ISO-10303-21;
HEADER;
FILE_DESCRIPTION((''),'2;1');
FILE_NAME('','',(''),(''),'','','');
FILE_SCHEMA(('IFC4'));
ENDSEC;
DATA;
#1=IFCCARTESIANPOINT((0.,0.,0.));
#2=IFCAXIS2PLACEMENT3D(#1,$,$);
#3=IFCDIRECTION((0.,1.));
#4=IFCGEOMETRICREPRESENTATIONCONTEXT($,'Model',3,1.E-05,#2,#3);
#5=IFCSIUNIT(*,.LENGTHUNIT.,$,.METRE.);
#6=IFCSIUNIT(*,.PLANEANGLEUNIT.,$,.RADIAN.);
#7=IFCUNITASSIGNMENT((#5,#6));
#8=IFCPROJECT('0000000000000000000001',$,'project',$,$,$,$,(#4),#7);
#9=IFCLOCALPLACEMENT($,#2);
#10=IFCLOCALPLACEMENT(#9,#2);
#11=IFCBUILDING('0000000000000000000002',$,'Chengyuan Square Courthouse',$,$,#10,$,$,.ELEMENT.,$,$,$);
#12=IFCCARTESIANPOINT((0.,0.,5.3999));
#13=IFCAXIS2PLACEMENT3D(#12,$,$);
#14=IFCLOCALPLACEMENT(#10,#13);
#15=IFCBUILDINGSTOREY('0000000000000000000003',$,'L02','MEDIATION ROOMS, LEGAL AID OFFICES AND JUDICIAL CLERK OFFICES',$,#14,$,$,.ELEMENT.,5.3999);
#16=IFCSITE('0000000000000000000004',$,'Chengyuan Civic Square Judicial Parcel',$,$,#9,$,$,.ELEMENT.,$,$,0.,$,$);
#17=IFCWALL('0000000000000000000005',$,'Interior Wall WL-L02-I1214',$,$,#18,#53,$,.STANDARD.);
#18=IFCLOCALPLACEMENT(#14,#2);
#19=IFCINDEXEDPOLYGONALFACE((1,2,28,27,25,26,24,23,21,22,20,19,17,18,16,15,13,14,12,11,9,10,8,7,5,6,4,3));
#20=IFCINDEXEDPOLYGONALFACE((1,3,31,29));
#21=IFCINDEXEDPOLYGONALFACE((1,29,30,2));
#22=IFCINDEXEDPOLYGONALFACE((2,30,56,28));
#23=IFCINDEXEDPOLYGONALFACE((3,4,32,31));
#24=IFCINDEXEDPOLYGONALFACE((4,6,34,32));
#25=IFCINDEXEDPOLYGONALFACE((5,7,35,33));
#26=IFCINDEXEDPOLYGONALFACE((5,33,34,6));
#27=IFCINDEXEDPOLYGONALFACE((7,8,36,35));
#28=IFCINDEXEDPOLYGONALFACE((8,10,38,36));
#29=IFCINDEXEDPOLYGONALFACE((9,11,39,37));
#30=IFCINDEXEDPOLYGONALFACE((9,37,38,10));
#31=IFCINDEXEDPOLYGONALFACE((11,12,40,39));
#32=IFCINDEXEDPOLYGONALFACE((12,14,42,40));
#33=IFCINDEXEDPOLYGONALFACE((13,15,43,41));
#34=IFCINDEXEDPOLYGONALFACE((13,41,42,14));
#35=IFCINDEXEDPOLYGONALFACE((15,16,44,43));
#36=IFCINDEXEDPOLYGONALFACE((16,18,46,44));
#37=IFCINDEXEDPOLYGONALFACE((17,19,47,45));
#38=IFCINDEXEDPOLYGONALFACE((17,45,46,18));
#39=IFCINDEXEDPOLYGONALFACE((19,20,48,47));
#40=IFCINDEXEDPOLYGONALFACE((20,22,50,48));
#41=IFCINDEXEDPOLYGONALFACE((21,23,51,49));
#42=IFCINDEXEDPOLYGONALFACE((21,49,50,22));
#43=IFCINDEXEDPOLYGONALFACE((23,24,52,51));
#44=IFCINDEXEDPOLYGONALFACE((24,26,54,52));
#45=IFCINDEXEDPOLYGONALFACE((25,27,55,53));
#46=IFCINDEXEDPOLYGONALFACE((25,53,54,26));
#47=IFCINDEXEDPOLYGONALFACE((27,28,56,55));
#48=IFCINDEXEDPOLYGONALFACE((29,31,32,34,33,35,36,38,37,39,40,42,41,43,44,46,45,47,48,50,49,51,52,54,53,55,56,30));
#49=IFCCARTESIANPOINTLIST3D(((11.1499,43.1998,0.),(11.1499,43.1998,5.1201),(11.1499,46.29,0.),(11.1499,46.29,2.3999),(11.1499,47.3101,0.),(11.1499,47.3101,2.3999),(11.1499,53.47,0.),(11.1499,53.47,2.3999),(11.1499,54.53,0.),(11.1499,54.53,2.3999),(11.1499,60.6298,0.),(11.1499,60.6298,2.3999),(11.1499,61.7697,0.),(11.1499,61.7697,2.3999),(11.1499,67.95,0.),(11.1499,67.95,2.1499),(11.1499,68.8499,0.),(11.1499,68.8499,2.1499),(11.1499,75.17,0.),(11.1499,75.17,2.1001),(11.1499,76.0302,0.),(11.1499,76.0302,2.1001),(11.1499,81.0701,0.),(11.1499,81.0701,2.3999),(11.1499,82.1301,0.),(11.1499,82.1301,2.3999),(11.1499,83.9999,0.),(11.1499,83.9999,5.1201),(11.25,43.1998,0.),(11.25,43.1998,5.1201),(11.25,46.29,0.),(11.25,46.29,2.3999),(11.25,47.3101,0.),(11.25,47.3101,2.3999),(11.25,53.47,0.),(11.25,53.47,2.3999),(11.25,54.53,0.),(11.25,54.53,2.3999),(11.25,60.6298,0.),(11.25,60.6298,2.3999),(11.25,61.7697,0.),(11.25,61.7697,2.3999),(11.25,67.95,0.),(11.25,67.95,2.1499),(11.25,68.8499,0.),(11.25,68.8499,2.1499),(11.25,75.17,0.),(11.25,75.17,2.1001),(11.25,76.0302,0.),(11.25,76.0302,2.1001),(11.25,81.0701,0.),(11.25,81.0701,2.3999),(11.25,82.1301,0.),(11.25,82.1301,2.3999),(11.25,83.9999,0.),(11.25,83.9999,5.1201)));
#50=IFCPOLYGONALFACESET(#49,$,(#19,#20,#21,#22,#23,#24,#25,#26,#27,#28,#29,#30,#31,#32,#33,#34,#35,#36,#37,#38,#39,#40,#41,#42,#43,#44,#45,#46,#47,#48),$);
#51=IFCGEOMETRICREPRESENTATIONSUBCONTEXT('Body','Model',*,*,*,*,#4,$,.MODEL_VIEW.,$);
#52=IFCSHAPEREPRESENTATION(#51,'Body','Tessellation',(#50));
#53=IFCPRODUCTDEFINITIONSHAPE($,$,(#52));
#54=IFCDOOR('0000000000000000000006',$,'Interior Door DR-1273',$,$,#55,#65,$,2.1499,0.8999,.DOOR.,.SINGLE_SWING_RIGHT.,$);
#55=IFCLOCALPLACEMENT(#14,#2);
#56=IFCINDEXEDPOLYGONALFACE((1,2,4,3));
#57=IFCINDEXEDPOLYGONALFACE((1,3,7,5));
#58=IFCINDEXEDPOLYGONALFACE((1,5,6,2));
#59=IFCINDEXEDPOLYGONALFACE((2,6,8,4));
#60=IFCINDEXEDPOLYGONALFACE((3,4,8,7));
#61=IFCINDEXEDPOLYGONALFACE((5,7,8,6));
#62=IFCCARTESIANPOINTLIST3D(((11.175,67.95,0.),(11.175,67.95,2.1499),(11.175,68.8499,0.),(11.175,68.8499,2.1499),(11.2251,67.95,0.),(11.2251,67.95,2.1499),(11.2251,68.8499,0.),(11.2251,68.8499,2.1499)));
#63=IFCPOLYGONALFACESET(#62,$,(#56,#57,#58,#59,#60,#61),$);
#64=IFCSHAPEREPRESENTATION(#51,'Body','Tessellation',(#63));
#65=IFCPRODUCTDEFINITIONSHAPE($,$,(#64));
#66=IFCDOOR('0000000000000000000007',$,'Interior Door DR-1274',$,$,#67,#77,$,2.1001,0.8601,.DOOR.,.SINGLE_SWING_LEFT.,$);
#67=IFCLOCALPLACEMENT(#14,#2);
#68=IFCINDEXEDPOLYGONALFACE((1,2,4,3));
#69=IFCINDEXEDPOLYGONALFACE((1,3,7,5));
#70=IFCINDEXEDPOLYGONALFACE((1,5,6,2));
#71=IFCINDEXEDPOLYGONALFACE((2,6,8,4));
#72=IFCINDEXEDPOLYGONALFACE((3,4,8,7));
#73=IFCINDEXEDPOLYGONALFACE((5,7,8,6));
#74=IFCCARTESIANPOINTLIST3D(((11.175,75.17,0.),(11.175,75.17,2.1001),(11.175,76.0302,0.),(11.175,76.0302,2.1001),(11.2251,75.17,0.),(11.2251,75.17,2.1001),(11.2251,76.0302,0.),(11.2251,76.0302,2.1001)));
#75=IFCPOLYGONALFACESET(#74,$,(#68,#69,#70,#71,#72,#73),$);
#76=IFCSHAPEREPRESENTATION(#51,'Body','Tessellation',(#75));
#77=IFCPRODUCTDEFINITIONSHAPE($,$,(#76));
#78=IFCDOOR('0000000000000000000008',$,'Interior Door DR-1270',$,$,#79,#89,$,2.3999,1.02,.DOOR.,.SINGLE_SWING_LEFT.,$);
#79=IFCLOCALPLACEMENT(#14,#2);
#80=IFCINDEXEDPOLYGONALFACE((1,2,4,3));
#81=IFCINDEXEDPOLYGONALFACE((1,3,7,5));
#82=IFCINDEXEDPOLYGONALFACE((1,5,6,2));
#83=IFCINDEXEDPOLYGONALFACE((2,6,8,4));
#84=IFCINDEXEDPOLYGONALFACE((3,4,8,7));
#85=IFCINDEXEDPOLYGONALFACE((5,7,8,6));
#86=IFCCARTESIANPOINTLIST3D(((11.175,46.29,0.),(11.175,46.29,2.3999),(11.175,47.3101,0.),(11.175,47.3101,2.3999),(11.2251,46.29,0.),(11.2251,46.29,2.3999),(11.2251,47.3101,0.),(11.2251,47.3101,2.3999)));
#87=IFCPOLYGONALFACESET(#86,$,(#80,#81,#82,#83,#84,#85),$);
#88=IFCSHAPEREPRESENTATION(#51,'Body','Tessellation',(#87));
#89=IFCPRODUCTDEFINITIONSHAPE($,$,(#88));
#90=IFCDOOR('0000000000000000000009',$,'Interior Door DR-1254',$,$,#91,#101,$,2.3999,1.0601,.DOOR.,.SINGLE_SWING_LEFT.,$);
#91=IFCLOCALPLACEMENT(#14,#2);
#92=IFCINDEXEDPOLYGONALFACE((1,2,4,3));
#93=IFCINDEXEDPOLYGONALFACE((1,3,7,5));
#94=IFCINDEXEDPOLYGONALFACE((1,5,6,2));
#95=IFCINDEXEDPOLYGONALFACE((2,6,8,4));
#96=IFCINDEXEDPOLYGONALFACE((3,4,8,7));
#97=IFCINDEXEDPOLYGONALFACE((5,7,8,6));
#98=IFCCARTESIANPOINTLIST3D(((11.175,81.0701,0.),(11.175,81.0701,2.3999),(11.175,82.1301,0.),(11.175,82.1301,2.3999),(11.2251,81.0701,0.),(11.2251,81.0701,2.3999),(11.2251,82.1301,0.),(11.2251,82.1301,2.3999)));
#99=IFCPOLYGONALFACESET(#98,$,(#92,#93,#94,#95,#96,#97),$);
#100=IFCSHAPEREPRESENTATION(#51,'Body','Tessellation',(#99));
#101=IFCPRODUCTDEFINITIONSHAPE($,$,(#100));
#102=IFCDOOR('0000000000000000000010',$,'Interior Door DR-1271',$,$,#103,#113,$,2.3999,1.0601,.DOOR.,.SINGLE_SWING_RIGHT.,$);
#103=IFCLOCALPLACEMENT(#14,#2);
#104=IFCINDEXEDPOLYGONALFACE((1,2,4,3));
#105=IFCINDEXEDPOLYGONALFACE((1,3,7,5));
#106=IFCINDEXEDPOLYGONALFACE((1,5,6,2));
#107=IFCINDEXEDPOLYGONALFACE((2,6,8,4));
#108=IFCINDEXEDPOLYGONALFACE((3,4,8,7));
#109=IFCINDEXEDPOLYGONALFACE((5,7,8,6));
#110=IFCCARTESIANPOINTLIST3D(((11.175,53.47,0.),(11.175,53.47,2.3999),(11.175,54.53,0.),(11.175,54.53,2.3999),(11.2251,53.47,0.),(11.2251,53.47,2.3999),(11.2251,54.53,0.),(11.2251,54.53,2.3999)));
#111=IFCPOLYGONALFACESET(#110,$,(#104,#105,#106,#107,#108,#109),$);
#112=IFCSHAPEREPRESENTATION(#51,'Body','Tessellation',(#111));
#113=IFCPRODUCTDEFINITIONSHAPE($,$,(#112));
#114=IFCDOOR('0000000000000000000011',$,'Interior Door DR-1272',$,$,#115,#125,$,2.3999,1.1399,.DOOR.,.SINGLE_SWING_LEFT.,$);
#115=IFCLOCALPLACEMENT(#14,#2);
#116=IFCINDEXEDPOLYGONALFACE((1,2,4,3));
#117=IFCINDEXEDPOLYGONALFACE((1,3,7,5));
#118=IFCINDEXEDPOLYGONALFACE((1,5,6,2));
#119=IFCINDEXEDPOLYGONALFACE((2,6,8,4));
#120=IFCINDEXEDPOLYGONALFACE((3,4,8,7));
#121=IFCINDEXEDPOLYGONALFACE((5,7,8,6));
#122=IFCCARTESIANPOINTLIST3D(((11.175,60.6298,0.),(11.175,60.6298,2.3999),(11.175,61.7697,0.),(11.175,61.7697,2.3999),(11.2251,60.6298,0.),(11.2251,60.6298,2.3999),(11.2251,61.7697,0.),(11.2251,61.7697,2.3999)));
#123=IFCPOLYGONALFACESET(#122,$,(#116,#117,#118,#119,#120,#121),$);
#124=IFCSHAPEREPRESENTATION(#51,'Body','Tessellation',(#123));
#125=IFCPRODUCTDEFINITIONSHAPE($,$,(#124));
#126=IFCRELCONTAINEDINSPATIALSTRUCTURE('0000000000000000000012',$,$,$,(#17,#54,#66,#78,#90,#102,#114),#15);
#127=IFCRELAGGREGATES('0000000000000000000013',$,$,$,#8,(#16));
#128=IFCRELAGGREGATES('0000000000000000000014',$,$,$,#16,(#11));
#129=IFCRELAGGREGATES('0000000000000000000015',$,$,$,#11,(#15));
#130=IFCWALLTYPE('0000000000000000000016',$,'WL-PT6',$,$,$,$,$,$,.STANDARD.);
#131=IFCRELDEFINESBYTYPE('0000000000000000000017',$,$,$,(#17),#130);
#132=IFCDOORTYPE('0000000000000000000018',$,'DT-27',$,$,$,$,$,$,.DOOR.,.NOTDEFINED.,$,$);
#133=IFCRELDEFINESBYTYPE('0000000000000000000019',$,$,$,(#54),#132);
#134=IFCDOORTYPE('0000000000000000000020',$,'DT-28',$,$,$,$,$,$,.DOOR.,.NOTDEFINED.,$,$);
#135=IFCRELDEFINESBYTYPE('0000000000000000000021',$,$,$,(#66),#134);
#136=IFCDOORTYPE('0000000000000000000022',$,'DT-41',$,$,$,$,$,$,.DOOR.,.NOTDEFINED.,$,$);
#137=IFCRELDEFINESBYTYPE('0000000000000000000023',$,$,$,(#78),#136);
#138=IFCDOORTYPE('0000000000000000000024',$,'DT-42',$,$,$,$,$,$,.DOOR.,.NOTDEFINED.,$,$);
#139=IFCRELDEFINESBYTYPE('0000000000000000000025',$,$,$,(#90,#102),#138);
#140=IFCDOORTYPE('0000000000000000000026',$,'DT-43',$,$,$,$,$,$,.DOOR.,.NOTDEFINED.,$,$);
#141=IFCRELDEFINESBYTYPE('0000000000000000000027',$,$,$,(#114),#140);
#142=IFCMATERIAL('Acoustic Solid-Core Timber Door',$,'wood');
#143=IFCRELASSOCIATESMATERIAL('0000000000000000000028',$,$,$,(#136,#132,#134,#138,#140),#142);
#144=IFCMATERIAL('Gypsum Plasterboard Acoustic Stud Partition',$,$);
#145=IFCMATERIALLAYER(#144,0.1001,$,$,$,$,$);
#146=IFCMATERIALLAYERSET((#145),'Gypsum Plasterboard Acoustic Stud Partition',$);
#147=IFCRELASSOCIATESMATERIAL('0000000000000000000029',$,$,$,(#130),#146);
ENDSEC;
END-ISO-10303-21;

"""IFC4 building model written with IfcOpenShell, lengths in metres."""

from ifc_helpers import new_model, si_unit, direction, frame, frame_2d, origin, place, context, subcontext, project, spatial, rectangle, extrude, material, layer, layer_set, type_object, element, fill, save


model = new_model("IFC4")

# Units and contexts
model_context = context("Model", 3, precision=1e-05, world=origin(), true_north=direction((0.0, 1.0)))
body_context = subcontext(model_context, "Body", "Model", "MODEL_VIEW")
ifc_project = project(units=[si_unit("LENGTHUNIT", "METRE"), si_unit("PLANEANGLEUNIT", "RADIAN")], contexts=[model_context])

# Site, building, storey
site_placement = place(None, origin())
site = spatial("IfcSite", under=ifc_project, at=site_placement, Name="Chengyuan Civic Square Judicial Parcel", CompositionType="ELEMENT", RefElevation=0.0)
building_placement = place(site_placement, origin())
building = spatial("IfcBuilding", under=site, at=building_placement, Name="Chengyuan Square Courthouse", CompositionType="ELEMENT")
storey_placement = place(building_placement, frame((0.0, 0.0, 5.3999)))
storey = spatial("IfcBuildingStorey", under=building, at=storey_placement, Name="L02", Description="MEDIATION ROOMS, LEGAL AID OFFICES AND JUDICIAL CLERK OFFICES", CompositionType="ELEMENT", Elevation=5.3999)

# Wall, openings, doors
ifc_material_1 = material(Name="Acoustic Solid-Core Timber Door", Category="wood")
door_type_1 = type_object("IfcDoorType", Name="DT-41", OperationType="NOTDEFINED", PredefinedType="DOOR", material=ifc_material_1)
ifc_material_2 = material(Name="Gypsum Plasterboard Acoustic Stud Partition")
ifc_layer_1 = layer(ifc_material_2, 0.1001)
ifc_layer_set_1 = layer_set([ifc_layer_1], Name="Gypsum Plasterboard Acoustic Stud Partition")
wall_type_1 = type_object("IfcWallType", Name="WL-PT6", PredefinedType="STANDARD", material=ifc_layer_set_1)
wall_1_placement = place(storey_placement, frame((11.2, 43.2, 0.0), z_axis=(0.0, 0.0, 1.0), x_axis=(0.0, 1.0, 0.0)))
wall_1 = element("IfcWall", 1, at=wall_1_placement, inside=storey, type_object=wall_type_1, Name="Interior Wall WL-L02-I1214", PredefinedType="STANDARD", context=body_context, shape_type="SweptSolid", body=[
    extrude(rectangle(XDim=40.8, YDim=0.1001, at=frame_2d((20.3999, 0.0))), origin(), (0.0, 0.0, 1.0), 5.1201),
])
opening_1_placement = place(wall_1_placement, frame((37.8701, 0.0, 0.0)))
opening_1 = element("IfcOpeningElement", 2, at=opening_1_placement, cuts=wall_1, PredefinedType="OPENING", context=body_context, shape_type="SweptSolid", body=[
    extrude(rectangle(XDim=1.0601, YDim=2.3999, at=frame_2d((0.53, 1.2))), frame((0.0, 0.062, 0.0), z_axis=(0.0, -1.0, 0.0), x_axis=(1.0, 0.0, 0.0)), (0.0, 0.0, 1.0), 0.124),
])
opening_2_placement = place(wall_1_placement, frame((3.0901, 0.0, 0.0)))
opening_2 = element("IfcOpeningElement", 3, at=opening_2_placement, cuts=wall_1, PredefinedType="OPENING", context=body_context, shape_type="SweptSolid", body=[
    extrude(rectangle(XDim=1.02, YDim=2.3999, at=frame_2d((0.51, 1.2))), frame((0.0, 0.062, 0.0), z_axis=(0.0, -1.0, 0.0), x_axis=(1.0, 0.0, 0.0)), (0.0, 0.0, 1.0), 0.124),
])
opening_3_placement = place(wall_1_placement, frame((10.27, 0.0, 0.0)))
opening_3 = element("IfcOpeningElement", 4, at=opening_3_placement, cuts=wall_1, PredefinedType="OPENING", context=body_context, shape_type="SweptSolid", body=[
    extrude(rectangle(XDim=1.0601, YDim=2.3999, at=frame_2d((0.53, 1.2))), frame((0.0, 0.062, 0.0), z_axis=(0.0, -1.0, 0.0), x_axis=(1.0, 0.0, 0.0)), (0.0, 0.0, 1.0), 0.124),
])
opening_4_placement = place(wall_1_placement, frame((17.4299, 0.0, 0.0)))
opening_4 = element("IfcOpeningElement", 5, at=opening_4_placement, cuts=wall_1, PredefinedType="OPENING", context=body_context, shape_type="SweptSolid", body=[
    extrude(rectangle(XDim=1.1399, YDim=2.3999, at=frame_2d((0.5698, 1.2))), frame((0.0, 0.062, 0.0), z_axis=(0.0, -1.0, 0.0), x_axis=(1.0, 0.0, 0.0)), (0.0, 0.0, 1.0), 0.124),
])
opening_5_placement = place(wall_1_placement, frame((24.75, 0.0, 0.0)))
opening_5 = element("IfcOpeningElement", 6, at=opening_5_placement, cuts=wall_1, PredefinedType="OPENING", context=body_context, shape_type="SweptSolid", body=[
    extrude(rectangle(XDim=0.8999, YDim=2.1499, at=frame_2d((0.45, 1.075))), frame((0.0, 0.062, 0.0), z_axis=(0.0, -1.0, 0.0), x_axis=(1.0, 0.0, 0.0)), (0.0, 0.0, 1.0), 0.124),
])
opening_6_placement = place(wall_1_placement, frame((31.97, 0.0, 0.0)))
opening_6 = element("IfcOpeningElement", 7, at=opening_6_placement, cuts=wall_1, PredefinedType="OPENING", context=body_context, shape_type="SweptSolid", body=[
    extrude(rectangle(XDim=0.8601, YDim=2.1001, at=frame_2d((0.4302, 1.05))), frame((0.0, 0.062, 0.0), z_axis=(0.0, -1.0, 0.0), x_axis=(1.0, 0.0, 0.0)), (0.0, 0.0, 1.0), 0.124),
])
door_type_2 = type_object("IfcDoorType", Name="DT-27", OperationType="NOTDEFINED", PredefinedType="DOOR", material=ifc_material_1)
door_1_placement = place(opening_5_placement, origin())
door_1 = element("IfcDoor", 8, at=door_1_placement, inside=storey, type_object=door_type_2, Name="Interior Door DR-1273", OperationType="SINGLE_SWING_RIGHT", OverallHeight=2.1499, OverallWidth=0.8999, PredefinedType="DOOR", context=body_context, shape_type="SweptSolid", body=[
    extrude(rectangle(XDim=0.8999, YDim=2.1499, at=frame_2d((0.45, 1.075))), frame((0.0, 0.0249, 0.0), z_axis=(0.0, -1.0, 0.0), x_axis=(1.0, 0.0, 0.0)), (0.0, 0.0, 1.0), 0.05),
])
fill(opening_5, door_1)
door_type_3 = type_object("IfcDoorType", Name="DT-28", OperationType="NOTDEFINED", PredefinedType="DOOR", material=ifc_material_1)
door_2_placement = place(opening_6_placement, origin())
door_2 = element("IfcDoor", 9, at=door_2_placement, inside=storey, type_object=door_type_3, Name="Interior Door DR-1274", OperationType="SINGLE_SWING_LEFT", OverallHeight=2.1001, OverallWidth=0.8601, PredefinedType="DOOR", context=body_context, shape_type="SweptSolid", body=[
    extrude(rectangle(XDim=0.8601, YDim=2.1001, at=frame_2d((0.4302, 1.05))), frame((0.0, 0.0249, 0.0), z_axis=(0.0, -1.0, 0.0), x_axis=(1.0, 0.0, 0.0)), (0.0, 0.0, 1.0), 0.05),
])
fill(opening_6, door_2)
door_3_placement = place(opening_2_placement, origin())
door_3 = element("IfcDoor", 10, at=door_3_placement, inside=storey, type_object=door_type_1, Name="Interior Door DR-1270", OperationType="SINGLE_SWING_LEFT", OverallHeight=2.3999, OverallWidth=1.02, PredefinedType="DOOR", context=body_context, shape_type="SweptSolid", body=[
    extrude(rectangle(XDim=1.02, YDim=2.3999, at=frame_2d((0.51, 1.2))), frame((0.0, 0.0249, 0.0), z_axis=(0.0, -1.0, 0.0), x_axis=(1.0, 0.0, 0.0)), (0.0, 0.0, 1.0), 0.05),
])
fill(opening_2, door_3)
door_type_4 = type_object("IfcDoorType", Name="DT-42", OperationType="NOTDEFINED", PredefinedType="DOOR", material=ifc_material_1)
door_4_placement = place(opening_1_placement, origin())
door_4 = element("IfcDoor", 11, at=door_4_placement, inside=storey, type_object=door_type_4, Name="Interior Door DR-1254", OperationType="SINGLE_SWING_LEFT", OverallHeight=2.3999, OverallWidth=1.0601, PredefinedType="DOOR", context=body_context, shape_type="SweptSolid", body=[
    extrude(rectangle(XDim=1.0601, YDim=2.3999, at=frame_2d((0.53, 1.2))), frame((0.0, 0.0249, 0.0), z_axis=(0.0, -1.0, 0.0), x_axis=(1.0, 0.0, 0.0)), (0.0, 0.0, 1.0), 0.05),
])
fill(opening_1, door_4)
door_5_placement = place(opening_3_placement, origin())
door_5 = element("IfcDoor", 12, at=door_5_placement, inside=storey, type_object=door_type_4, Name="Interior Door DR-1271", OperationType="SINGLE_SWING_RIGHT", OverallHeight=2.3999, OverallWidth=1.0601, PredefinedType="DOOR", context=body_context, shape_type="SweptSolid", body=[
    extrude(rectangle(XDim=1.0601, YDim=2.3999, at=frame_2d((0.53, 1.2))), frame((0.0, 0.0249, 0.0), z_axis=(0.0, -1.0, 0.0), x_axis=(1.0, 0.0, 0.0)), (0.0, 0.0, 1.0), 0.05),
])
fill(opening_3, door_5)
door_type_5 = type_object("IfcDoorType", Name="DT-43", OperationType="NOTDEFINED", PredefinedType="DOOR", material=ifc_material_1)
door_6_placement = place(opening_4_placement, origin())
door_6 = element("IfcDoor", 13, at=door_6_placement, inside=storey, type_object=door_type_5, Name="Interior Door DR-1272", OperationType="SINGLE_SWING_LEFT", OverallHeight=2.3999, OverallWidth=1.1399, PredefinedType="DOOR", context=body_context, shape_type="SweptSolid", body=[
    extrude(rectangle(XDim=1.1399, YDim=2.3999, at=frame_2d((0.5698, 1.2))), frame((0.0, 0.0249, 0.0), z_axis=(0.0, -1.0, 0.0), x_axis=(1.0, 0.0, 0.0)), (0.0, 0.0, 1.0), 0.05),
])
fill(opening_4, door_6)

save(model, "model.ifc")
